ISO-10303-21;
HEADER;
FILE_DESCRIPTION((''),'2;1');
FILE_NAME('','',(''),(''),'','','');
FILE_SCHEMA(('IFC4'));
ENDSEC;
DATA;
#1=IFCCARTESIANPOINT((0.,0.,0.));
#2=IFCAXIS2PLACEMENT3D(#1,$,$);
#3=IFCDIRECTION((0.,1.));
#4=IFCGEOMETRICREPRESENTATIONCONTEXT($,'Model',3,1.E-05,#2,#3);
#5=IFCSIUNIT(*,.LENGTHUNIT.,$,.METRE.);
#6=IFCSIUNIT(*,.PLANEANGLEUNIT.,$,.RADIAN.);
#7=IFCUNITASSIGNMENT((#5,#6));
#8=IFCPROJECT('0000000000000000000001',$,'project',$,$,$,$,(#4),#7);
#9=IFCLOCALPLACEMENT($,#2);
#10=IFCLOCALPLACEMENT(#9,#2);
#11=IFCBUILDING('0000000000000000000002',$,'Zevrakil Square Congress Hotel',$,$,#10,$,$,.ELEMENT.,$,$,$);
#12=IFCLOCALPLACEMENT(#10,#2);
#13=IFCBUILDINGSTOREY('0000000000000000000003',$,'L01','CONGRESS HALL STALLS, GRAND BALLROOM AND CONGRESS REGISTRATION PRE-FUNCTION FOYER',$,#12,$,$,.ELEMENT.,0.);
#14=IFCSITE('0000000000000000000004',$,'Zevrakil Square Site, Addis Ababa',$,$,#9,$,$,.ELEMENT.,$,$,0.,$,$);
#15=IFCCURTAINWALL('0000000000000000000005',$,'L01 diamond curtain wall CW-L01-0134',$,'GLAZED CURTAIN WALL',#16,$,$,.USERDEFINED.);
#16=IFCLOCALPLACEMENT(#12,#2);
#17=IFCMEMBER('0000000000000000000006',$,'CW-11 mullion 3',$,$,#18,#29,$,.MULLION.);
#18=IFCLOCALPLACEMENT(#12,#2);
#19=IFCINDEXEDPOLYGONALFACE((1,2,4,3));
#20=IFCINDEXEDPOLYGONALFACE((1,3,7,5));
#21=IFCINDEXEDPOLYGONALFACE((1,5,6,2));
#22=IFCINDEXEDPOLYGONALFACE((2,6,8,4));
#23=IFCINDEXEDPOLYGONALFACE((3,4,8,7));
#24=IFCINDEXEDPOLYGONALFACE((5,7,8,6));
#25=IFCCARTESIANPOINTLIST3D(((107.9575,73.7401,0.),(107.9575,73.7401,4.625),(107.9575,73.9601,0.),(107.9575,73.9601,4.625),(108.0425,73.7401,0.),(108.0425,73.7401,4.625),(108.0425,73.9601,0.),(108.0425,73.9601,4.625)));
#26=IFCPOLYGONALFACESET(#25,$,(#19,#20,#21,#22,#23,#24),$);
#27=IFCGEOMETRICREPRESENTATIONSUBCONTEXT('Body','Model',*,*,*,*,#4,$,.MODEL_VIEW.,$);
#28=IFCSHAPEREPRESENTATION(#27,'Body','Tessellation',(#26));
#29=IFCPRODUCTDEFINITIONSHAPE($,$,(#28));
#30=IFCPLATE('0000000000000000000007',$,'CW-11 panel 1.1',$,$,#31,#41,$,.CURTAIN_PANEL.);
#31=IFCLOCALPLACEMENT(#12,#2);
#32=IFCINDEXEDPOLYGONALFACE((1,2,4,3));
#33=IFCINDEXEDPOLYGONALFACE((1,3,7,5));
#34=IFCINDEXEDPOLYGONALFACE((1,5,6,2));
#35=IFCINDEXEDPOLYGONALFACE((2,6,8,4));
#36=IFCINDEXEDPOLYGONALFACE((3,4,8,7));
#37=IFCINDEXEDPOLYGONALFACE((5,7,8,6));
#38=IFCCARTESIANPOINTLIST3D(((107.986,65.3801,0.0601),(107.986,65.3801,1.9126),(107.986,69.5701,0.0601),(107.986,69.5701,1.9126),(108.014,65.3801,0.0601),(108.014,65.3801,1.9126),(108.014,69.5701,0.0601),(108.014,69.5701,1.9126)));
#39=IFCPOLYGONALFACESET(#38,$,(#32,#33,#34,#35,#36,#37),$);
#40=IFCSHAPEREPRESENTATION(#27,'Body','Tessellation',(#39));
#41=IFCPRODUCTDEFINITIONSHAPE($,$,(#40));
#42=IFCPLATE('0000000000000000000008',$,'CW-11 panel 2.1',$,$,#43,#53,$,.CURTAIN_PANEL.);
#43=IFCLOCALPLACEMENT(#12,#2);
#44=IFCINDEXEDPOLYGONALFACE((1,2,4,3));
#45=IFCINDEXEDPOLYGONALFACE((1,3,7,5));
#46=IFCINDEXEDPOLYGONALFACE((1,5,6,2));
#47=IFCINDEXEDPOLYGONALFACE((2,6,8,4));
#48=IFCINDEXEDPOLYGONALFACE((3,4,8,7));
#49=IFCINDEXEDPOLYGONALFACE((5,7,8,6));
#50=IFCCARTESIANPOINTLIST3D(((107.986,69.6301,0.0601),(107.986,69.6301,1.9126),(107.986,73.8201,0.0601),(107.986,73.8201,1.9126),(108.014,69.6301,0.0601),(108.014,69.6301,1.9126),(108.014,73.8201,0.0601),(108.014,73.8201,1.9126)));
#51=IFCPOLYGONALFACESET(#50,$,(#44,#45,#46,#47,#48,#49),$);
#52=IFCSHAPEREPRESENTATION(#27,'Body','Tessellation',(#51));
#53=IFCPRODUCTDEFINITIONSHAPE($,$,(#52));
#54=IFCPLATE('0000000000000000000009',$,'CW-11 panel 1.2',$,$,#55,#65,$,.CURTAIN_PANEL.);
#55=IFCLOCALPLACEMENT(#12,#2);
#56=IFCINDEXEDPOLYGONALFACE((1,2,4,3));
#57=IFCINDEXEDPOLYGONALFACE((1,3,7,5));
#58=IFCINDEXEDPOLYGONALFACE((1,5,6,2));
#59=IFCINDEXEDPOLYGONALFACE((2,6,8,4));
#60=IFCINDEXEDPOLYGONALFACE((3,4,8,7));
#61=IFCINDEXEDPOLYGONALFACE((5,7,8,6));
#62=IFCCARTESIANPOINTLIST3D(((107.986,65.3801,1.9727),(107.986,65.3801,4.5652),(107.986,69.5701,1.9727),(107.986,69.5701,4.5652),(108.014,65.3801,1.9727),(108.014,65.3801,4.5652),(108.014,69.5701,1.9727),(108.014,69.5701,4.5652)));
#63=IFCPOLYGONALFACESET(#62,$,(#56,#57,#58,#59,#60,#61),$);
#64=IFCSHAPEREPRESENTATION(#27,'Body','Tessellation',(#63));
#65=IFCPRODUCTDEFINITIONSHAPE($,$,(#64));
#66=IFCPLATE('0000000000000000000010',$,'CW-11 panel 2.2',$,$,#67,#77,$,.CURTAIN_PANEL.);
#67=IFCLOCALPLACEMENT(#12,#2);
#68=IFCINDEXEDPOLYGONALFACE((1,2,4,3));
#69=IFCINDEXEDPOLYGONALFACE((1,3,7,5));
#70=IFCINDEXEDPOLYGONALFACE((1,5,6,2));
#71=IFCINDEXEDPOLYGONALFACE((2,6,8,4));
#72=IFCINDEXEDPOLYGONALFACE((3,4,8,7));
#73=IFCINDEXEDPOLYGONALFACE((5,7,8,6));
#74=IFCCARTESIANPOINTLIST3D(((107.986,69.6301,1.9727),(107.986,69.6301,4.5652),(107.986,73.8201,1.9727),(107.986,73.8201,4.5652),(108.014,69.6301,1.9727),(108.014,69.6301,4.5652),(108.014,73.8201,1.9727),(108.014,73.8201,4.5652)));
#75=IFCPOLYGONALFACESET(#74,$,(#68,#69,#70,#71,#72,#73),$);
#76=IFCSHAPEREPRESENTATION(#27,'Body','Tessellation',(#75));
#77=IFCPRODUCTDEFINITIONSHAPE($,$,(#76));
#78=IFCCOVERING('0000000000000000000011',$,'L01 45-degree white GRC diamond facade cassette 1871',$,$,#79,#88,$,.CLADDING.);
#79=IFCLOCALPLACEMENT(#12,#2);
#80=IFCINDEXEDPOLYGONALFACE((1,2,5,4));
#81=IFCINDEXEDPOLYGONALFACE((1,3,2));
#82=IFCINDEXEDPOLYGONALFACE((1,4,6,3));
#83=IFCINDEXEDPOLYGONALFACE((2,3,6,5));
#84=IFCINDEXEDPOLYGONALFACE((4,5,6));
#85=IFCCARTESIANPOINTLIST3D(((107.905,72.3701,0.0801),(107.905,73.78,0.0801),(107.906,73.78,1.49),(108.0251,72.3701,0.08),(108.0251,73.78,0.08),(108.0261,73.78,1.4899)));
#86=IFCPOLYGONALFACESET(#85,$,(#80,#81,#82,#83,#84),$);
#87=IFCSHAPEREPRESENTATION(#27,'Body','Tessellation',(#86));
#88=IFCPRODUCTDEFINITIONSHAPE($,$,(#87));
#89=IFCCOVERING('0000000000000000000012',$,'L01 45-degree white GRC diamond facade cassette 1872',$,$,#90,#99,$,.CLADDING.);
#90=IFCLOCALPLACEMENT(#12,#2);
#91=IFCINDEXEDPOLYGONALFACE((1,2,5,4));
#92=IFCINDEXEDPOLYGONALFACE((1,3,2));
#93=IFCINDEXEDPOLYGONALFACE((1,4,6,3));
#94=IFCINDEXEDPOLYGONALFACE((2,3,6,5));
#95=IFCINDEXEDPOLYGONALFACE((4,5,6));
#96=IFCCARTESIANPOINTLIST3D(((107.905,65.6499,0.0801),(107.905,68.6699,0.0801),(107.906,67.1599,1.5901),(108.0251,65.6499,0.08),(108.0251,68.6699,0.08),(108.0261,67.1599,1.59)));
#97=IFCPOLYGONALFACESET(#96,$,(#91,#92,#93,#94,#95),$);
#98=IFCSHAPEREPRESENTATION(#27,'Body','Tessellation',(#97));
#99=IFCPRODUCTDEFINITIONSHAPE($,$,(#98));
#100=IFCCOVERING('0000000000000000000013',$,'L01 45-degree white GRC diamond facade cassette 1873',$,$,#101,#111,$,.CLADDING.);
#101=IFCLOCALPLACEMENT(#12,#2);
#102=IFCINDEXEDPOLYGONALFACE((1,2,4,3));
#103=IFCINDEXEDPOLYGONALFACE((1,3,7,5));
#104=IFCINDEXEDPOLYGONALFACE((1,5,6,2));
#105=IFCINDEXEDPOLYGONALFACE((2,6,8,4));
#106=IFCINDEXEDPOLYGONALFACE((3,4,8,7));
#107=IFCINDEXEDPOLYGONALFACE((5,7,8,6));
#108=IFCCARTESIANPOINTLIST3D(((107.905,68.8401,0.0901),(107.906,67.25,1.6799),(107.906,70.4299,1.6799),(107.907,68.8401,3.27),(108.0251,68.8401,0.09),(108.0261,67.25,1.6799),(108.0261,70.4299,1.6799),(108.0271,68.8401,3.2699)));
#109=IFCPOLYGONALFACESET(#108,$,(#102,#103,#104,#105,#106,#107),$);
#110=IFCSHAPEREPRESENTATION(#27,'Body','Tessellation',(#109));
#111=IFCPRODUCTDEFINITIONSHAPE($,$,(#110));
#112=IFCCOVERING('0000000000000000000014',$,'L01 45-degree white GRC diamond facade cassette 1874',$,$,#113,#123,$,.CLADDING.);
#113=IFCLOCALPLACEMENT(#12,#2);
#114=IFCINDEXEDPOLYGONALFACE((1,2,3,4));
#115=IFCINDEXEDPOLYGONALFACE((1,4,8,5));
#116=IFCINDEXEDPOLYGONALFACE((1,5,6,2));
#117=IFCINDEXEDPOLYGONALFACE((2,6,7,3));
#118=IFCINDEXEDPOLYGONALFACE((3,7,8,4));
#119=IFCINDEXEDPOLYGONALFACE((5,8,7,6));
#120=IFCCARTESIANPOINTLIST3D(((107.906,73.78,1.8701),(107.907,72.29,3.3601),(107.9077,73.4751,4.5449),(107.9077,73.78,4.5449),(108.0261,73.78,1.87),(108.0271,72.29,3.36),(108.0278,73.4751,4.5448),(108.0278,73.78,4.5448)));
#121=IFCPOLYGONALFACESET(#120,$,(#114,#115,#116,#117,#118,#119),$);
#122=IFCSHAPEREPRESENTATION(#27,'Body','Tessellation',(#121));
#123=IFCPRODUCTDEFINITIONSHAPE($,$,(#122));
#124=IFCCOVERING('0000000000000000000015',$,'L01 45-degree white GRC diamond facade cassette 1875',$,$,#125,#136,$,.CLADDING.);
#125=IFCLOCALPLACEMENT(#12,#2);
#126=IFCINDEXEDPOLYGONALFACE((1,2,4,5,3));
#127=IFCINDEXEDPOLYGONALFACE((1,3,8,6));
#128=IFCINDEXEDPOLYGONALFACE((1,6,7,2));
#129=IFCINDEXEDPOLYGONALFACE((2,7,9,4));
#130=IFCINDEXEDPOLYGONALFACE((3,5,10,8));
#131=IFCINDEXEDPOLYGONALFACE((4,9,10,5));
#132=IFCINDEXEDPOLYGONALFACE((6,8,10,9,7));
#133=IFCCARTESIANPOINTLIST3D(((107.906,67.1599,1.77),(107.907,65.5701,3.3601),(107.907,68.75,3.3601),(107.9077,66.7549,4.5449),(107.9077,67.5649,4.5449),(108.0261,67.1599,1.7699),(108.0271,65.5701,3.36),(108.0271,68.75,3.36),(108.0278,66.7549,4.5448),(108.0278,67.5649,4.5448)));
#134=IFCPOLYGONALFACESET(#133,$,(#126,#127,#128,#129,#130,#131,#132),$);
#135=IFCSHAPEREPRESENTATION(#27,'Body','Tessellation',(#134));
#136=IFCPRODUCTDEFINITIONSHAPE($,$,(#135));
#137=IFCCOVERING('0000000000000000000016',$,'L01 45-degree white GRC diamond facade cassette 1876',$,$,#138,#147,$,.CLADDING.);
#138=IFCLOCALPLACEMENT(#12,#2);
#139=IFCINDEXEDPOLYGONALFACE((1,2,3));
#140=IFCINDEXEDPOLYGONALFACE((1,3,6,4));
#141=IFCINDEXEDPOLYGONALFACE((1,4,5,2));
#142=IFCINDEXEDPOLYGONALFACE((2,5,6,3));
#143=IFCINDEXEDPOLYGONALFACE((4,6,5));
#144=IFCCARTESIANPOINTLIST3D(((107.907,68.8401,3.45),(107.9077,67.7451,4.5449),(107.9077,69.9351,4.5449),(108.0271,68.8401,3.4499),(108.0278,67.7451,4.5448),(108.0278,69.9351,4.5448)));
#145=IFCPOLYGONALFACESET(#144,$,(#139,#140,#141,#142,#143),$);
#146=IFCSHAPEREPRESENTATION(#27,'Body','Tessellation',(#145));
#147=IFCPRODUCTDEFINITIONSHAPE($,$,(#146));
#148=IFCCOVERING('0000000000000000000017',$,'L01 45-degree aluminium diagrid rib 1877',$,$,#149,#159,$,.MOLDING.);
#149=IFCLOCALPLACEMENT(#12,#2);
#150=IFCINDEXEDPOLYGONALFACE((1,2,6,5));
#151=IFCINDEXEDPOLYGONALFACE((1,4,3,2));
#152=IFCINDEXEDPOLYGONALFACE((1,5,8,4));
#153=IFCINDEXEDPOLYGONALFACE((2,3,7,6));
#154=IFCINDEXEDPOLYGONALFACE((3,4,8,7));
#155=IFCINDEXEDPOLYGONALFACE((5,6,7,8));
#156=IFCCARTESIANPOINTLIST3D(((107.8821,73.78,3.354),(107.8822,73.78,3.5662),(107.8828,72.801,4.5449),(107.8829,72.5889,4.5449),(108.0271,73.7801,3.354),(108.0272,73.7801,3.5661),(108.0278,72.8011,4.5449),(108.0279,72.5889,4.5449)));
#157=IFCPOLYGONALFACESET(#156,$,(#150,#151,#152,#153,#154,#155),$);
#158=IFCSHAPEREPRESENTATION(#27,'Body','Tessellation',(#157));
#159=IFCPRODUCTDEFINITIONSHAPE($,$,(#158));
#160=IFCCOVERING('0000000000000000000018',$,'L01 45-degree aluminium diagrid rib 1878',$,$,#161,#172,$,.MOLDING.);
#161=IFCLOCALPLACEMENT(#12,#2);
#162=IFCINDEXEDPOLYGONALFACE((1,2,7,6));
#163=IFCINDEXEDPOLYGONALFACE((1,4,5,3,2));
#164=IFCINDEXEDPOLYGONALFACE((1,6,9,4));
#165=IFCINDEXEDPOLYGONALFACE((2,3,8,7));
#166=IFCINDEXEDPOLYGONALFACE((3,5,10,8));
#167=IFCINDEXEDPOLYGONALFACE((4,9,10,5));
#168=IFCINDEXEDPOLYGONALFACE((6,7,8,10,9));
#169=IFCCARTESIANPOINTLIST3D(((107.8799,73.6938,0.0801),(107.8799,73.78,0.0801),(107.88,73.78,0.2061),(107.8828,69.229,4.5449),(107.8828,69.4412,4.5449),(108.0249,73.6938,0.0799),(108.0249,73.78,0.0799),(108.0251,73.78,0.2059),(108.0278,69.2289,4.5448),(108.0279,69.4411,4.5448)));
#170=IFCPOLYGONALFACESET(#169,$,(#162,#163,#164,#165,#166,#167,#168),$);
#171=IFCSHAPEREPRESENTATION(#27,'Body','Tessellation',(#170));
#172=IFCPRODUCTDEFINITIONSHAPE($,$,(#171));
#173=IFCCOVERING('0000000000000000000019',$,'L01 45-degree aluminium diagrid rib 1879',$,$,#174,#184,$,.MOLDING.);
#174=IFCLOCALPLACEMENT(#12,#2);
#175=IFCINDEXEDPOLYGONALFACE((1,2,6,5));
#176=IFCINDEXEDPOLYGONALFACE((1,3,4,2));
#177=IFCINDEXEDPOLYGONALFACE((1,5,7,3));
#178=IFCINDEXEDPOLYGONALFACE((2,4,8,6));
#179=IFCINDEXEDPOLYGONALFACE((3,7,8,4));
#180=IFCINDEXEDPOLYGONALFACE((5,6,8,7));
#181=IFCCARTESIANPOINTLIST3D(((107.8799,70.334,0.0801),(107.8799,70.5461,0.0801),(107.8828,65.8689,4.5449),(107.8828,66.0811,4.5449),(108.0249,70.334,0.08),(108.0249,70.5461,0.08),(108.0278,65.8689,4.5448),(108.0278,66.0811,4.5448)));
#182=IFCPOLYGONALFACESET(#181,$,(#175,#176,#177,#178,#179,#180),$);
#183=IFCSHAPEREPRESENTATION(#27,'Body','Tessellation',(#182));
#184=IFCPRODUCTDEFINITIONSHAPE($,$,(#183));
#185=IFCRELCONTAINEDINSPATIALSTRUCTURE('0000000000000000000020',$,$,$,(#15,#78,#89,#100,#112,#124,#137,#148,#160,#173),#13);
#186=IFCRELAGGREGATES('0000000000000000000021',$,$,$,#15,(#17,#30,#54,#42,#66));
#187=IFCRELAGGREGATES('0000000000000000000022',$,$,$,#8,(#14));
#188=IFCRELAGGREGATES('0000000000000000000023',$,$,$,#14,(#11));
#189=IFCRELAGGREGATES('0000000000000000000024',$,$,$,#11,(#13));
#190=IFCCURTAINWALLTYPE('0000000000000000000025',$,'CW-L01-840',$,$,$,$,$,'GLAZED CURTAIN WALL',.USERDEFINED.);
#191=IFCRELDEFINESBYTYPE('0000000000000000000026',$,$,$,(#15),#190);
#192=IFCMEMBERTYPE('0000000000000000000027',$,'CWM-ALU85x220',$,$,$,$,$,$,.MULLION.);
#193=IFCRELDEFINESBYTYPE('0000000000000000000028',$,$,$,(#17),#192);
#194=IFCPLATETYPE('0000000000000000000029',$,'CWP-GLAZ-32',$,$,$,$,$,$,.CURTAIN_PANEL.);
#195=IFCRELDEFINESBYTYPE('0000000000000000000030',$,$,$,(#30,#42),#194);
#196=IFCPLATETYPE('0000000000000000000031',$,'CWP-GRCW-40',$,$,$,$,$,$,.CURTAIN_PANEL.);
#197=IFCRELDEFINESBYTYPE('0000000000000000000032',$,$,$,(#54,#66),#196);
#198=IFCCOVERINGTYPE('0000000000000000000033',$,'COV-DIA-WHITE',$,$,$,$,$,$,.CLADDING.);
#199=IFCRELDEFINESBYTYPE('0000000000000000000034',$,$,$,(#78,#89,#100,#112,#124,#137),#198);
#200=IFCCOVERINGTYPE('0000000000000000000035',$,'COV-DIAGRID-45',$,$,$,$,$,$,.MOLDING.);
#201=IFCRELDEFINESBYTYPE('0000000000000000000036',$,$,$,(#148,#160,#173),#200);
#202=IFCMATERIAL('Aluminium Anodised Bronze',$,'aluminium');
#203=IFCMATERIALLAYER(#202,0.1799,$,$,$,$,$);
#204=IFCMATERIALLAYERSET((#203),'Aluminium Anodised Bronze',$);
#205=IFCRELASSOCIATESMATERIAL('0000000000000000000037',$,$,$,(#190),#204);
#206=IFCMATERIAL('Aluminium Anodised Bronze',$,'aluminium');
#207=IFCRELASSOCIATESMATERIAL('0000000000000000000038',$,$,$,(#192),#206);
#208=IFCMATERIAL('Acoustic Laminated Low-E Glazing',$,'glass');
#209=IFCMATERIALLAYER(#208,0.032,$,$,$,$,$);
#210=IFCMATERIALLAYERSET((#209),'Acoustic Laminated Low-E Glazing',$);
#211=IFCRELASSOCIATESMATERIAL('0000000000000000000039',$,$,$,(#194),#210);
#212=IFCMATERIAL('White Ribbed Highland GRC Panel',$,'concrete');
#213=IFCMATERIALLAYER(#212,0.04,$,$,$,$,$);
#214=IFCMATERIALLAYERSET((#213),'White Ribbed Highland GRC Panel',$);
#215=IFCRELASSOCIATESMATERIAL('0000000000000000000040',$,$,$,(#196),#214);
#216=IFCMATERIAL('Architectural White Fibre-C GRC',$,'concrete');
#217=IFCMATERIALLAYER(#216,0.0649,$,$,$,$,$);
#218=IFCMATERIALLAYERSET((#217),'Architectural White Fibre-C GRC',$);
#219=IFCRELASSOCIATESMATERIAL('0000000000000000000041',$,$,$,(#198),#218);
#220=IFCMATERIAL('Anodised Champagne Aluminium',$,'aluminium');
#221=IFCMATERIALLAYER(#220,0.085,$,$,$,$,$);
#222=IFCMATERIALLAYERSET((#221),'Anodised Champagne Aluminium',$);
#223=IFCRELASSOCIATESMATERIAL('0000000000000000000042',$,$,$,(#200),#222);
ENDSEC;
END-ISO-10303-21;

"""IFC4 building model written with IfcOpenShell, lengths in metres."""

from ifc_helpers import new_model, si_unit, direction, frame, origin, origin_2d, place, context, subcontext, project, spatial, polyline, rectangle, outline, extrude, material, layer, layer_set, material_profile, profile_set, type_object, element, aggregate, save


model = new_model("IFC4")

# Units and contexts
model_context = context("Model", 3, precision=1e-05, world=origin(), true_north=direction((0.0, 1.0)))
body_context = subcontext(model_context, "Body", "Model", "MODEL_VIEW")
ifc_project = project(units=[si_unit("LENGTHUNIT", "METRE"), si_unit("PLANEANGLEUNIT", "RADIAN")], contexts=[model_context])

# Site, building, storey
site_placement = place(None, origin())
site = spatial("IfcSite", under=ifc_project, at=site_placement, Name="Zevrakil Square Site, Addis Ababa", CompositionType="ELEMENT", RefElevation=0.0)
building_placement = place(site_placement, origin())
building = spatial("IfcBuilding", under=site, at=building_placement, Name="Zevrakil Square Congress Hotel", CompositionType="ELEMENT")
storey_placement = place(building_placement, origin())
storey = spatial("IfcBuildingStorey", under=building, at=storey_placement, Name="L01", Description="CONGRESS HALL STALLS, GRAND BALLROOM AND CONGRESS REGISTRATION PRE-FUNCTION FOYER", CompositionType="ELEMENT", Elevation=0.0)

# Curtain wall, member, plates
ifc_material_1 = material(Name="Aluminium Anodised Bronze", Category="aluminium")
ifc_layer_1 = layer(ifc_material_1, 0.1799)
ifc_layer_set_1 = layer_set([ifc_layer_1], Name="Aluminium Anodised Bronze")
curtain_wall_type = type_object("IfcCurtainWallType", Name="CW-L01-840", ElementType="GLAZED CURTAIN WALL", PredefinedType="USERDEFINED", material=ifc_layer_set_1)
curtain_wall_placement = place(storey_placement, origin())
curtain_wall = element("IfcCurtainWall", 1, at=curtain_wall_placement, inside=storey, type_object=curtain_wall_type, Name="L01 diamond curtain wall CW-L01-0134", ObjectType="GLAZED CURTAIN WALL", PredefinedType="USERDEFINED")
ifc_material_2 = material(Name="Aluminium Anodised Bronze", Category="aluminium")
ifc_material_profile_1 = material_profile(ifc_material_2, rectangle(XDim=0.085, YDim=0.22, at=origin_2d()), Name="ALU 85x220")
ifc_profile_set_1 = profile_set([ifc_material_profile_1], Name="Aluminium Anodised Bronze")
member_type_1 = type_object("IfcMemberType", Name="CWM-ALU85x220", PredefinedType="MULLION", material=ifc_profile_set_1)
member_1_placement = place(storey_placement, frame((108.0, 73.8501, 0.0), z_axis=(0.0, 0.0, 1.0), x_axis=(-1.0, 0.0, 0.0)))
member_1 = element("IfcMember", 2, at=member_1_placement, type_object=member_type_1, Name="CW-11 mullion 3", PredefinedType="MULLION", context=body_context, shape_type="SweptSolid", body=[
    extrude(rectangle(XDim=0.085, YDim=0.22, at=origin_2d()), origin(), (0.0, 0.0, 1.0), 4.625),
])
ifc_material_3 = material(Name="Acoustic Laminated Low-E Glazing", Category="glass")
ifc_layer_2 = layer(ifc_material_3, 0.032)
ifc_layer_set_2 = layer_set([ifc_layer_2], Name="Acoustic Laminated Low-E Glazing")
plate_type_1 = type_object("IfcPlateType", Name="CWP-GLAZ-32", PredefinedType="CURTAIN_PANEL", material=ifc_layer_set_2)
plate_1_placement = place(storey_placement, frame((108.0, 67.4751, 0.0601), z_axis=(0.0, 0.0, 1.0), x_axis=(0.0, 1.0, 0.0)))
plate_1 = element("IfcPlate", 3, at=plate_1_placement, type_object=plate_type_1, Name="CW-11 panel 1.1", PredefinedType="CURTAIN_PANEL", context=body_context, shape_type="SweptSolid", body=[
    extrude(rectangle(XDim=4.1899, YDim=0.0281, at=origin_2d()), origin(), (0.0, 0.0, 1.0), 1.8525),
])
plate_2_placement = place(storey_placement, frame((108.0, 71.7251, 0.0601), z_axis=(0.0, 0.0, 1.0), x_axis=(0.0, 1.0, 0.0)))
plate_2 = element("IfcPlate", 4, at=plate_2_placement, type_object=plate_type_1, Name="CW-11 panel 2.1", PredefinedType="CURTAIN_PANEL", context=body_context, shape_type="SweptSolid", body=[
    extrude(rectangle(XDim=4.1899, YDim=0.0281, at=origin_2d()), origin(), (0.0, 0.0, 1.0), 1.8525),
])
ifc_material_4 = material(Name="White Ribbed Highland GRC Panel", Category="concrete")
ifc_layer_3 = layer(ifc_material_4, 0.04)
ifc_layer_set_3 = layer_set([ifc_layer_3], Name="White Ribbed Highland GRC Panel")
plate_type_2 = type_object("IfcPlateType", Name="CWP-GRCW-40", PredefinedType="CURTAIN_PANEL", material=ifc_layer_set_3)
plate_3_placement = place(storey_placement, frame((108.0, 67.4751, 1.9727), z_axis=(0.0, 0.0, 1.0), x_axis=(0.0, 1.0, 0.0)))
plate_3 = element("IfcPlate", 5, at=plate_3_placement, type_object=plate_type_2, Name="CW-11 panel 1.2", PredefinedType="CURTAIN_PANEL", context=body_context, shape_type="SweptSolid", body=[
    extrude(rectangle(XDim=4.1899, YDim=0.0281, at=origin_2d()), origin(), (0.0, 0.0, 1.0), 2.5925),
])
plate_4_placement = place(storey_placement, frame((108.0, 71.7251, 1.9727), z_axis=(0.0, 0.0, 1.0), x_axis=(0.0, 1.0, 0.0)))
plate_4 = element("IfcPlate", 6, at=plate_4_placement, type_object=plate_type_2, Name="CW-11 panel 2.2", PredefinedType="CURTAIN_PANEL", context=body_context, shape_type="SweptSolid", body=[
    extrude(rectangle(XDim=4.1899, YDim=0.0281, at=origin_2d()), origin(), (0.0, 0.0, 1.0), 2.5925),
])
aggregate(curtain_wall, [member_1, plate_1, plate_3, plate_2, plate_4])

# Coverings
ifc_material_5 = material(Name="Architectural White Fibre-C GRC", Category="concrete")
ifc_layer_4 = layer(ifc_material_5, 0.0649)
ifc_layer_set_4 = layer_set([ifc_layer_4], Name="Architectural White Fibre-C GRC")
covering_type_1 = type_object("IfcCoveringType", Name="COV-DIA-WHITE", PredefinedType="CLADDING", material=ifc_layer_set_4)
covering_1_placement = place(storey_placement, frame((107.905, 72.3701, 0.0801), z_axis=(-1.0, 0.0, 0.000693), x_axis=(0.0, 1.0, 0.0)))
element("IfcCovering", 7, at=covering_1_placement, inside=storey, type_object=covering_type_1, Name="L01 45-degree white GRC diamond facade cassette 1871", PredefinedType="CLADDING", context=body_context, shape_type="SweptSolid", body=[
    extrude(outline(polyline([(0.0, 0.0), (1.4099, 0.0), (1.4099, -1.4099), (0.0, 0.0)])), origin(), (0.0, 0.0, -1.0), 0.1201),
])
covering_2_placement = place(storey_placement, frame((107.906, 67.1599, 1.5901), z_axis=(-1.0, 0.0, 0.000647), x_axis=(-0.000457, -0.707107, -0.707107)))
element("IfcCovering", 8, at=covering_2_placement, inside=storey, type_object=covering_type_1, Name="L01 45-degree white GRC diamond facade cassette 1872", PredefinedType="CLADDING", context=body_context, shape_type="SweptSolid", body=[
    extrude(outline(polyline([(0.0, 0.0), (2.1355, 0.0), (0.0, -2.1355), (0.0, 0.0)])), origin(), (0.0, 0.0, -1.0), 0.1201),
])
covering_3_placement = place(storey_placement, frame((107.907, 68.8401, 3.27), z_axis=(-1.0, 0.0, 0.000614), x_axis=(-0.000434, -0.707107, -0.707107)))
element("IfcCovering", 9, at=covering_3_placement, inside=storey, type_object=covering_type_1, Name="L01 45-degree white GRC diamond facade cassette 1873", PredefinedType="CLADDING", context=body_context, shape_type="SweptSolid", body=[
    extrude(outline(polyline([(0.0, 0.0), (2.2487, 0.0), (2.2486, -2.2486), (0.0002, -2.2486), (0.0, 0.0)])), origin(), (0.0, 0.0, -1.0), 0.1201),
])
covering_4_placement = place(storey_placement, frame((107.907, 72.29, 3.3601), z_axis=(-1.0, -0.000015, 0.000637), x_axis=(-0.000461, 0.707107, -0.707107)))
element("IfcCovering", 10, at=covering_4_placement, inside=storey, type_object=covering_type_1, Name="L01 45-degree white GRC diamond facade cassette 1874", PredefinedType="CLADDING", context=body_context, shape_type="SweptSolid", body=[
    extrude(outline(polyline([(0.0, 0.0), (2.1072, 0.0), (0.2158, -1.8914), (0.0002, -1.6758), (0.0, 0.0)])), origin(), (0.0, 0.0, -1.0), 0.1201),
])
covering_5_placement = place(storey_placement, frame((107.907, 65.5701, 3.3601), z_axis=(-1.0, 0.0, 0.000616), x_axis=(-0.000436, 0.707052, -0.707161)))
element("IfcCovering", 11, at=covering_5_placement, inside=storey, type_object=covering_type_1, Name="L01 45-degree white GRC diamond facade cassette 1875", PredefinedType="CLADDING", context=body_context, shape_type="SweptSolid", body=[
    extrude(outline(polyline([(0.0, 0.0), (2.2486, 0.0), (2.2484, -2.2487), (0.5726, -2.2484), (-0.0001, -1.6756), (0.0, 0.0)])), origin(), (0.0, 0.0, -1.0), 0.1201),
])
covering_6_placement = place(storey_placement, frame((107.907, 68.8401, 3.45), z_axis=(-1.0, 0.0, 0.000669), x_axis=(0.000473, 0.707107, 0.707107)))
element("IfcCovering", 12, at=covering_6_placement, inside=storey, type_object=covering_type_1, Name="L01 45-degree white GRC diamond facade cassette 1876", PredefinedType="CLADDING", context=body_context, shape_type="SweptSolid", body=[
    extrude(outline(polyline([(0.0, 0.0), (1.5485, 0.0), (0.0, -1.5485), (0.0, 0.0)])), origin(), (0.0, 0.0, -1.0), 0.1201),
])
ifc_material_6 = material(Name="Anodised Champagne Aluminium", Category="aluminium")
ifc_layer_5 = layer(ifc_material_6, 0.085)
ifc_layer_set_5 = layer_set([ifc_layer_5], Name="Anodised Champagne Aluminium")
covering_type_2 = type_object("IfcCoveringType", Name="COV-DIAGRID-45", PredefinedType="MOLDING", material=ifc_layer_set_5)
covering_7_placement = place(storey_placement, frame((107.8821, 73.78, 3.354), z_axis=(-1.0, -0.000338, 0.000338), x_axis=(0.000338, 0.0, 1.0)))
element("IfcCovering", 13, at=covering_7_placement, inside=storey, type_object=covering_type_2, Name="L01 45-degree aluminium diagrid rib 1877", PredefinedType="MOLDING", context=body_context, shape_type="SweptSolid", body=[
    extrude(outline(polyline([(0.0, 0.0), (0.2122, 0.0), (1.1909, -0.979), (1.1909, -1.1912), (0.0, 0.0)])), origin(), (0.0, 0.0, -1.0), 0.145),
])
covering_8_placement = place(storey_placement, frame((107.8799, 73.6938, 0.0801), z_axis=(-0.999999, 0.000384, 0.001029), x_axis=(0.000384, 1.0, 0.0)))
element("IfcCovering", 14, at=covering_8_placement, inside=storey, type_object=covering_type_2, Name="L01 45-degree aluminium diagrid rib 1878", PredefinedType="MOLDING", context=body_context, shape_type="SweptSolid", body=[
    extrude(outline(polyline([(0.0, 0.0), (0.0862, 0.0), (0.0862, -0.126), (-4.2527, -4.4648), (-4.4648, -4.4648), (0.0, 0.0)])), origin(), (0.0, 0.0, -1.0), 0.145),
])
covering_9_placement = place(storey_placement, frame((107.8799, 70.334, 0.0801), z_axis=(-1.0, 0.0, 0.000656), x_axis=(0.0, 1.0, 0.0)))
element("IfcCovering", 15, at=covering_9_placement, inside=storey, type_object=covering_type_2, Name="L01 45-degree aluminium diagrid rib 1879", PredefinedType="MOLDING", context=body_context, shape_type="SweptSolid", body=[
    extrude(outline(polyline([(0.0, 0.0), (0.2122, 0.0), (-4.2529, -4.4648), (-4.4651, -4.4648), (0.0, 0.0)])), origin(), (0.0, 0.0, -1.0), 0.145),
])

save(model, "model.ifc")
